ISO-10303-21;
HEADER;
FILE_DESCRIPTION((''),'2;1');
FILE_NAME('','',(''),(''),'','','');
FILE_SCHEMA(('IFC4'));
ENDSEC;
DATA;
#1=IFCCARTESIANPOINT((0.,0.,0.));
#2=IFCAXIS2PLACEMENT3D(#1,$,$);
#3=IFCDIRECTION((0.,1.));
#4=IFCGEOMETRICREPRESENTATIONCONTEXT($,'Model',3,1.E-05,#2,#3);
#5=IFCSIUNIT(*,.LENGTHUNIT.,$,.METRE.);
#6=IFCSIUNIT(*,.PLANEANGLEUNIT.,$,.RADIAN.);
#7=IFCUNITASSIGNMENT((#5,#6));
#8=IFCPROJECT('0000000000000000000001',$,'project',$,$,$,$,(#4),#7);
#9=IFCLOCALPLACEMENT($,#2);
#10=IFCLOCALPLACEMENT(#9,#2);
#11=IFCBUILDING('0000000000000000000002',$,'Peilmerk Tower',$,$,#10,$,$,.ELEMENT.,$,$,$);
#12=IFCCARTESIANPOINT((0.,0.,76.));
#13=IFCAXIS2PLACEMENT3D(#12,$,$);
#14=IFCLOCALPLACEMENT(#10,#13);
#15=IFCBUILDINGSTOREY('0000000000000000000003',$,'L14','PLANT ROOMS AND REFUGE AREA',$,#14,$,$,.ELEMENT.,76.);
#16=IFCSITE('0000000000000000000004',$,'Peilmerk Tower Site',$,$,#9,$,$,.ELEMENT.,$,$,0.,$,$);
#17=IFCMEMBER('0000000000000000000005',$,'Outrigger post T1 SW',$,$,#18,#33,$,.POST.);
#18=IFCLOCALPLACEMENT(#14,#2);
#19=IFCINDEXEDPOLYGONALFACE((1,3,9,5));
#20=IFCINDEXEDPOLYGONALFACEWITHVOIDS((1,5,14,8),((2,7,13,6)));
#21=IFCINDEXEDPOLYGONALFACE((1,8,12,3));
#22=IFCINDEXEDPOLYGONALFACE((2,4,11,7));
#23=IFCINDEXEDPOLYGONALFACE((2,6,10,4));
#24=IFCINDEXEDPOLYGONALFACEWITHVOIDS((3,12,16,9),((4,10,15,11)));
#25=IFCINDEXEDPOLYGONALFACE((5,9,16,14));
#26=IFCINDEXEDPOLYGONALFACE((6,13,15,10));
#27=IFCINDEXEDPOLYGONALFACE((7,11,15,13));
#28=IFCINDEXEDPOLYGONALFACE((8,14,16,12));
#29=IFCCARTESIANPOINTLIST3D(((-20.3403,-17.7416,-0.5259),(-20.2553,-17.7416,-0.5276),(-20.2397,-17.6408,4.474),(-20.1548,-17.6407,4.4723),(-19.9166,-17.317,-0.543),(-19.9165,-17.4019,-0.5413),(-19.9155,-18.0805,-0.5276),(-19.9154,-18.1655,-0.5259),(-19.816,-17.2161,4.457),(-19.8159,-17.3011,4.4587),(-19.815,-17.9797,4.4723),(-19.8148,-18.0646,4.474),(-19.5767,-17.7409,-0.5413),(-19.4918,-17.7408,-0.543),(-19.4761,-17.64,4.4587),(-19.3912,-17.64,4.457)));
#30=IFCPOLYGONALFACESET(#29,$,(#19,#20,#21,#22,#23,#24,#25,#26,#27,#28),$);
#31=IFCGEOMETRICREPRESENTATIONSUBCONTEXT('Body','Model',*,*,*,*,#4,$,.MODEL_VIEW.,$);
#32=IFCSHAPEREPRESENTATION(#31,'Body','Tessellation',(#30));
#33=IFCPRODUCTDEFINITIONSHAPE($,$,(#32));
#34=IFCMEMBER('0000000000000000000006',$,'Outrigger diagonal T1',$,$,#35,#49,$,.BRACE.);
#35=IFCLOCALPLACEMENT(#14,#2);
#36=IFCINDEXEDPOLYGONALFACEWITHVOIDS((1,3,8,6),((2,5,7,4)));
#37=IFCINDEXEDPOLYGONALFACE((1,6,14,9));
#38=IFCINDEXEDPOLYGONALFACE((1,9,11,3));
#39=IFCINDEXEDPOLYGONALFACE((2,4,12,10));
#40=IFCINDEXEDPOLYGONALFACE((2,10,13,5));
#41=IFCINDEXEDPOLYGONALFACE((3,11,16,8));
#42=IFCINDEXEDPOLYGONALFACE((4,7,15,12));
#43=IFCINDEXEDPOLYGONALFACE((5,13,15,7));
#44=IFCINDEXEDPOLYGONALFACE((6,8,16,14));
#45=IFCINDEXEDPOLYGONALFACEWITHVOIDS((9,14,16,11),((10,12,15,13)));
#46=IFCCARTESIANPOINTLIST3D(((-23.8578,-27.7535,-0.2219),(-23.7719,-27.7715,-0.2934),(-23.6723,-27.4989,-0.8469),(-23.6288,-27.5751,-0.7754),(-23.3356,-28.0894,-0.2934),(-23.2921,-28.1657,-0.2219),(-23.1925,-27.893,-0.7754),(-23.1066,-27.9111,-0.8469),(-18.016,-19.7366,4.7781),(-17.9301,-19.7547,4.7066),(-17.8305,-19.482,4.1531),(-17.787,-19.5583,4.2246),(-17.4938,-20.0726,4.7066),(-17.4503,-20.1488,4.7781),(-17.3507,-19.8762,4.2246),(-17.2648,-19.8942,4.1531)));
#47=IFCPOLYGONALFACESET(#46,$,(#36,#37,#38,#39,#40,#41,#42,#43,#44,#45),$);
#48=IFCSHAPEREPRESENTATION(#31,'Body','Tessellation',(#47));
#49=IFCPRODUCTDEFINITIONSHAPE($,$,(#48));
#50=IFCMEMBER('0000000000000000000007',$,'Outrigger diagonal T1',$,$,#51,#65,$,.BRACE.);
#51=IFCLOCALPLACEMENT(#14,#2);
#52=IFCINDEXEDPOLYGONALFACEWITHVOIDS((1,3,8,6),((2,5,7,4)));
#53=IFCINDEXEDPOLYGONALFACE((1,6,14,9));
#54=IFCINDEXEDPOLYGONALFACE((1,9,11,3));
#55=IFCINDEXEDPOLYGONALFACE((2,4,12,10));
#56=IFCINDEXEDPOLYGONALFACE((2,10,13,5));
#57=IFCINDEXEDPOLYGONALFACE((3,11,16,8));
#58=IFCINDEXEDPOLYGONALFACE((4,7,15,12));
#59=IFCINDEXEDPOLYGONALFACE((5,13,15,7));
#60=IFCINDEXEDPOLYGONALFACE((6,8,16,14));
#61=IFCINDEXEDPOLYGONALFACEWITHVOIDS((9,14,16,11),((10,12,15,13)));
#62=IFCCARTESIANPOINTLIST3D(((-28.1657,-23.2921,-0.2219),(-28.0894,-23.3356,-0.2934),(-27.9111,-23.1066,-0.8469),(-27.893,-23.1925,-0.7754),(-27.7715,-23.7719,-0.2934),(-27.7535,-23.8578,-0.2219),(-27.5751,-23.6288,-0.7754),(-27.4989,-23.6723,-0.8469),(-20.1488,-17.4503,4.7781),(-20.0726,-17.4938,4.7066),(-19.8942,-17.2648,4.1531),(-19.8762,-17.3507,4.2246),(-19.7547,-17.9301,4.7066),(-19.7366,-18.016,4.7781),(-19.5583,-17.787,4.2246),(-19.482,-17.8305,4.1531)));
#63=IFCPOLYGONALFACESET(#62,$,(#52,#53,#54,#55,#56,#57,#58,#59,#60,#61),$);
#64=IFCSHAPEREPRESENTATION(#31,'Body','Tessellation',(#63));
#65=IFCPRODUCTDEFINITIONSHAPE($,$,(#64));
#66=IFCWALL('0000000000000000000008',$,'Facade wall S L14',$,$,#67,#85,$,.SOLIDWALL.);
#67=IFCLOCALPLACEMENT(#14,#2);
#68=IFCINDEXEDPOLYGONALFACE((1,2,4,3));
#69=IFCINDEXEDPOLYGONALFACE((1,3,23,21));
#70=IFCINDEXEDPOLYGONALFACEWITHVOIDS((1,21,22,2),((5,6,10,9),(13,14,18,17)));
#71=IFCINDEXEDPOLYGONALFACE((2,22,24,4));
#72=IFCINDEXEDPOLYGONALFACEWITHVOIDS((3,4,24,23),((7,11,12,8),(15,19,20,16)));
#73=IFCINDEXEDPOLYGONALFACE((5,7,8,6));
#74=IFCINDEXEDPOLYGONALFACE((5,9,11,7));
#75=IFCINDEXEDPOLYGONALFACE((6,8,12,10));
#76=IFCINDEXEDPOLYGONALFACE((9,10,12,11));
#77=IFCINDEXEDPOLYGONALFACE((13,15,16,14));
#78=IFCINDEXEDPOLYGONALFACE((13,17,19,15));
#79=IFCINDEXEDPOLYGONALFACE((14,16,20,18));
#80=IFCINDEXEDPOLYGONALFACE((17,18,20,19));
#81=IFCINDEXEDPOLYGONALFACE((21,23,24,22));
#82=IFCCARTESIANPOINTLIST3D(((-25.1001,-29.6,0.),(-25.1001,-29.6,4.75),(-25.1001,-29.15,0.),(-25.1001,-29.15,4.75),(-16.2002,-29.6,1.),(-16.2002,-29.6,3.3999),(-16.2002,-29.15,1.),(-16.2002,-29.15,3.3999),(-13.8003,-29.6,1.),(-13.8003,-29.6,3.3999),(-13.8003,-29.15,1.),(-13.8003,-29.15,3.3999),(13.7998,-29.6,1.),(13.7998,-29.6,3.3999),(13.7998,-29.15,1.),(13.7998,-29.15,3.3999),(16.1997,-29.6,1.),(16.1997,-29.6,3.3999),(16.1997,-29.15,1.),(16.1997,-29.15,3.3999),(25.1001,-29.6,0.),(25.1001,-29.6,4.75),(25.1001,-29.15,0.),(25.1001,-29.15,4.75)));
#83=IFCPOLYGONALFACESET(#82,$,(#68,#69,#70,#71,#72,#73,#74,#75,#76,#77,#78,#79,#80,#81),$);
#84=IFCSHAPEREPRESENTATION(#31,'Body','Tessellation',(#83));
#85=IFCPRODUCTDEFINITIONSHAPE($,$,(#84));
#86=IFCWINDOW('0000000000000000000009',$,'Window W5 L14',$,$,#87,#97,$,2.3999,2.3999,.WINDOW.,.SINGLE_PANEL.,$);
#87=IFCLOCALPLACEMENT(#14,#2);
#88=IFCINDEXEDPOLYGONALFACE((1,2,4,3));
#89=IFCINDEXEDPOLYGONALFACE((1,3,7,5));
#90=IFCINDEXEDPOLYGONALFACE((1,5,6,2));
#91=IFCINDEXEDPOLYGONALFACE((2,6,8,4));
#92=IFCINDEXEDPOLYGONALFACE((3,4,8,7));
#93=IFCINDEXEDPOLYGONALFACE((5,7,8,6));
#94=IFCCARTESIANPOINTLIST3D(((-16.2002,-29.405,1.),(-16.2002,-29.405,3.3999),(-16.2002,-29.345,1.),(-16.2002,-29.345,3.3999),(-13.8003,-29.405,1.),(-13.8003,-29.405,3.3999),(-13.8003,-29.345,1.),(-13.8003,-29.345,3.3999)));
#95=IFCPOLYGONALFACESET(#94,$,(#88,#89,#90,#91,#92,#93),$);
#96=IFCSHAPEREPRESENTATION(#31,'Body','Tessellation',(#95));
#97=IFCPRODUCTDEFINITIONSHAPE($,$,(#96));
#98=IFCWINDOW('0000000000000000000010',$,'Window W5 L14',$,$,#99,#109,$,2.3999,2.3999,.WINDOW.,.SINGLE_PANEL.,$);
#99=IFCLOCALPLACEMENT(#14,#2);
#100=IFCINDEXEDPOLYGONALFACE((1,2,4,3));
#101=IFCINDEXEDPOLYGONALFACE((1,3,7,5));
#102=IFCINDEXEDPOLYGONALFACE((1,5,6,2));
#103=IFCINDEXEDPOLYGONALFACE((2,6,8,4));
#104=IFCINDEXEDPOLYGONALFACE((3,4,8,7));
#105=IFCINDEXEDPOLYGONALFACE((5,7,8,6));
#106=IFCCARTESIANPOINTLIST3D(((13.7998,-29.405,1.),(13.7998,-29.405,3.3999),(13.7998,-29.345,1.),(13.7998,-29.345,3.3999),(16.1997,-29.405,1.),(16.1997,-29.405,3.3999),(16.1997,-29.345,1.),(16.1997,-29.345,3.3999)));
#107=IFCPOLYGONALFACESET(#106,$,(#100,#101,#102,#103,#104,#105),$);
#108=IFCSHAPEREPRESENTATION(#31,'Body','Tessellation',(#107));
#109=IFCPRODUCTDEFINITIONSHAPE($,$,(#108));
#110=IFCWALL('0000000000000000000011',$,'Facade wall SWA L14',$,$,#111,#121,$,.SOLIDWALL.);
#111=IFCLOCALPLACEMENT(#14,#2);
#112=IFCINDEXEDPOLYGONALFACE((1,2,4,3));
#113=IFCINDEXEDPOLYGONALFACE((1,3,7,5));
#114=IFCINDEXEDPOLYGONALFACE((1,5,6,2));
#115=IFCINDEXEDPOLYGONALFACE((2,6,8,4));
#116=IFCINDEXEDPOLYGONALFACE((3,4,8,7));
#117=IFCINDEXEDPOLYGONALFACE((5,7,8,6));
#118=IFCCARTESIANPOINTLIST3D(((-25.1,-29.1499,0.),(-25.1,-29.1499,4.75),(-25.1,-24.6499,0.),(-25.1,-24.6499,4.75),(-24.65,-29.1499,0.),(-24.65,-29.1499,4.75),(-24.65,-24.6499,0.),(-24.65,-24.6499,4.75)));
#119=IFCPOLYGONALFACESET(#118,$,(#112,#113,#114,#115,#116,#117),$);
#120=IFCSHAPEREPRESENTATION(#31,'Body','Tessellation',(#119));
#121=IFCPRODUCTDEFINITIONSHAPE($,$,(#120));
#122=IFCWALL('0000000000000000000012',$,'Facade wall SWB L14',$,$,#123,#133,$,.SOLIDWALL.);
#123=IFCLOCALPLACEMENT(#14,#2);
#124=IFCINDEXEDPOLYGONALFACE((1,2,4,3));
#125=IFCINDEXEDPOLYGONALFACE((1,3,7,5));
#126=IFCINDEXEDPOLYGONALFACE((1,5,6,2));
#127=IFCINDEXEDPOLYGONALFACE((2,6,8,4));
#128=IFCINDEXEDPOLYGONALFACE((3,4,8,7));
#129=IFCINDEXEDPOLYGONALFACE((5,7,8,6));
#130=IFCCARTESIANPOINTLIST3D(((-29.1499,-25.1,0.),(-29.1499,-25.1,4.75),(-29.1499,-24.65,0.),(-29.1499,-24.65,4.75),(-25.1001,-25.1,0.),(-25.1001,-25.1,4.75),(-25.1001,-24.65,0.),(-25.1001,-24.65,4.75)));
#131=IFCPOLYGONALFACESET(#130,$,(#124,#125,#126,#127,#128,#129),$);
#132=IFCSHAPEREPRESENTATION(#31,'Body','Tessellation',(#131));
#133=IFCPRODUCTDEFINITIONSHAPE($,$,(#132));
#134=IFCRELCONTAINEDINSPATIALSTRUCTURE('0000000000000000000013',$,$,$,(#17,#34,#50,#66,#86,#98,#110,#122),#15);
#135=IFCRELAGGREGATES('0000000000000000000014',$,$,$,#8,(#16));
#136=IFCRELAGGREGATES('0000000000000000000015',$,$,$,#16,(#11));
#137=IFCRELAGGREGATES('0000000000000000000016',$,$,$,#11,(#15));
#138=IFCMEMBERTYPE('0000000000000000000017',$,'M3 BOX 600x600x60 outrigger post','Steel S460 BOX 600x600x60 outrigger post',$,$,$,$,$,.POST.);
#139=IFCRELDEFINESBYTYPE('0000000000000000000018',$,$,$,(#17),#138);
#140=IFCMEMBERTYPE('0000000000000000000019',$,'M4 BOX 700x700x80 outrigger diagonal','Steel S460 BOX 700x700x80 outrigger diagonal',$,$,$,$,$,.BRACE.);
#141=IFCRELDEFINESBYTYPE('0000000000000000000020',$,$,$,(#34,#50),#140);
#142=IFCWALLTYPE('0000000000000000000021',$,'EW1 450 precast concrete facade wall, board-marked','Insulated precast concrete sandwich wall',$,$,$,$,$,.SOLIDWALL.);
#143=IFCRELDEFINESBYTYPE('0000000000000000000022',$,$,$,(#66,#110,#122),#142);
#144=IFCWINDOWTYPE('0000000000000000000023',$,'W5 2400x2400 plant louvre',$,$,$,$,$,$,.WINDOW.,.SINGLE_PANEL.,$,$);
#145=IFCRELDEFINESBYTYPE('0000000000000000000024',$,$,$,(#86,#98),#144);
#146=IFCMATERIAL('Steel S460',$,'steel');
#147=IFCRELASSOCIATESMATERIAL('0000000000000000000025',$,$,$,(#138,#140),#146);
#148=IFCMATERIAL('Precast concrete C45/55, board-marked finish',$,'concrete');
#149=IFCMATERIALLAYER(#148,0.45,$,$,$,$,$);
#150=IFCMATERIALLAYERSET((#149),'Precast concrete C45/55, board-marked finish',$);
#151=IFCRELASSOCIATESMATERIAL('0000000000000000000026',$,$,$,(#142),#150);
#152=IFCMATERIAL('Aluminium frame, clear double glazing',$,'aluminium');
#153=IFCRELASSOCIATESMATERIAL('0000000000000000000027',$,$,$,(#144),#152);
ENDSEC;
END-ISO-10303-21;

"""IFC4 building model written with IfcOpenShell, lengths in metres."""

from ifc_helpers import new_model, si_unit, direction, frame, frame_2d, origin, origin_2d, place, context, subcontext, project, spatial, rectangle, hollow_rectangle, extrude, material, layer, layer_set, material_profile, profile_set, type_object, element, fill, save


model = new_model("IFC4")

# Units and contexts
model_context = context("Model", 3, precision=1e-05, world=origin(), true_north=direction((0.0, 1.0)))
body_context = subcontext(model_context, "Body", "Model", "MODEL_VIEW")
ifc_project = project(units=[si_unit("LENGTHUNIT", "METRE"), si_unit("PLANEANGLEUNIT", "RADIAN")], contexts=[model_context])

# Site, building, storey
site_placement = place(None, origin())
site = spatial("IfcSite", under=ifc_project, at=site_placement, Name="Peilmerk Tower Site", CompositionType="ELEMENT", RefElevation=0.0)
building_placement = place(site_placement, origin())
building = spatial("IfcBuilding", under=site, at=building_placement, Name="Peilmerk Tower", CompositionType="ELEMENT")
storey_placement = place(building_placement, frame((0.0, 0.0, 76.0)))
storey = spatial("IfcBuildingStorey", under=building, at=storey_placement, Name="L14", Description="PLANT ROOMS AND REFUGE AREA", CompositionType="ELEMENT", Elevation=76.0)

# Shared definitions
ifc_material_1 = material(Name="Steel S460", Category="steel")

# Members
ifc_material_profile_1 = material_profile(ifc_material_1, hollow_rectangle(XDim=0.6001, YDim=0.6001, WallThickness=0.0601, at=origin_2d()), Name="BOX 600x600x60")
ifc_profile_set_1 = profile_set([ifc_material_profile_1], Name="Steel S460")
member_type_1 = type_object("IfcMemberType", Name="M3 BOX 600x600x60 outrigger post", Description="Steel S460 BOX 600x600x60 outrigger post", PredefinedType="POST", material=ifc_profile_set_1)
member_1_placement = place(storey_placement, frame((-19.916, -17.7412, -0.5344), z_axis=(0.020109, 0.020158, 0.999595), x_axis=(-0.707963, 0.706249, 0.0)))
element("IfcMember", 1, at=member_1_placement, inside=storey, type_object=member_type_1, Name="Outrigger post T1 SW", PredefinedType="POST", context=body_context, shape_type="SweptSolid", body=[
    extrude(hollow_rectangle(XDim=0.6001, YDim=0.6001, WallThickness=0.0601, at=origin_2d()), origin(), (0.0, 0.0, 1.0), 5.002),
])
ifc_material_profile_2 = material_profile(ifc_material_1, hollow_rectangle(XDim=0.7, YDim=0.7, WallThickness=0.0801, at=origin_2d()), Name="BOX 700x700x80")
ifc_profile_set_2 = profile_set([ifc_material_profile_2], Name="Steel S460")
member_type_2 = type_object("IfcMemberType", Name="M4 BOX 700x700x80 outrigger diagonal", Description="Steel S460 BOX 700x700x80 outrigger diagonal", PredefinedType="BRACE", material=ifc_profile_set_2)
for number, where, z_axis, x_axis, name in (
    (2, (-23.4822, -27.8323, -0.5344), (0.52589, 0.721693, 0.45011), (-0.808191, 0.588921, 0.0), "Outrigger diagonal T1"),
    (3, (-27.8323, -23.4822, -0.5344), (0.721693, 0.52589, 0.45011), (-0.588921, 0.808191, 0.0), "Outrigger diagonal T1"),
):
    element("IfcMember", number, at=place(storey_placement, frame(where, z_axis=z_axis, x_axis=x_axis)), inside=storey, type_object=member_type_2, Name=name, PredefinedType="BRACE", context=body_context, shape_type="SweptSolid", body=[
        extrude(hollow_rectangle(XDim=0.7, YDim=0.7, WallThickness=0.0801, at=origin_2d()), origin(), (0.0, 0.0, 1.0), 11.1084),
    ])

# Wall, openings, windows
ifc_material_2 = material(Name="Precast concrete C45/55, board-marked finish", Category="concrete")
ifc_layer = layer(ifc_material_2, 0.45)
ifc_layer_set = layer_set([ifc_layer], Name="Precast concrete C45/55, board-marked finish")
wall_type = type_object("IfcWallType", Name="EW1 450 precast concrete facade wall, board-marked", Description="Insulated precast concrete sandwich wall", PredefinedType="SOLIDWALL", material=ifc_layer_set)
wall_1_placement = place(storey_placement, frame((-25.1001, -29.375, 0.0), z_axis=(0.0, 0.0, 1.0), x_axis=(1.0, 0.0, 0.0)))
wall_1 = element("IfcWall", 4, at=wall_1_placement, inside=storey, type_object=wall_type, Name="Facade wall S L14", PredefinedType="SOLIDWALL", context=body_context, shape_type="SweptSolid", body=[
    extrude(rectangle(XDim=50.2002, YDim=0.45, at=frame_2d((25.1001, 0.0))), origin(), (0.0, 0.0, 1.0), 4.75),
])
opening_1_placement = place(wall_1_placement, frame((8.8999, 0.0, 1.0)))
opening_1 = element("IfcOpeningElement", 5, at=opening_1_placement, cuts=wall_1, PredefinedType="OPENING", context=body_context, shape_type="SweptSolid", body=[
    extrude(rectangle(XDim=2.3999, YDim=2.3999, at=frame_2d((1.2, 1.2))), frame((0.0, 0.2349, 0.0), z_axis=(0.0, -1.0, 0.0), x_axis=(1.0, 0.0, 0.0)), (0.0, 0.0, 1.0), 0.47),
])
opening_2_placement = place(wall_1_placement, frame((38.8999, 0.0, 1.0)))
opening_2 = element("IfcOpeningElement", 6, at=opening_2_placement, cuts=wall_1, PredefinedType="OPENING", context=body_context, shape_type="SweptSolid", body=[
    extrude(rectangle(XDim=2.3999, YDim=2.3999, at=frame_2d((1.2, 1.2))), frame((0.0, 0.2349, 0.0), z_axis=(0.0, -1.0, 0.0), x_axis=(1.0, 0.0, 0.0)), (0.0, 0.0, 1.0), 0.47),
])
ifc_material_3 = material(Name="Aluminium frame, clear double glazing", Category="aluminium")
window_type = type_object("IfcWindowType", Name="W5 2400x2400 plant louvre", PartitioningType="SINGLE_PANEL", PredefinedType="WINDOW", material=ifc_material_3)
window_1_placement = place(opening_1_placement, origin())
window_1 = element("IfcWindow", 7, at=window_1_placement, inside=storey, type_object=window_type, Name="Window W5 L14", OverallHeight=2.3999, OverallWidth=2.3999, PartitioningType="SINGLE_PANEL", PredefinedType="WINDOW", context=body_context, shape_type="SweptSolid", body=[
    extrude(rectangle(XDim=2.3999, YDim=2.3999, at=frame_2d((1.2, 1.2))), frame((0.0, 0.03, 0.0), z_axis=(0.0, -1.0, 0.0), x_axis=(1.0, 0.0, 0.0)), (0.0, 0.0, 1.0), 0.0601),
])
fill(opening_1, window_1)
window_2_placement = place(opening_2_placement, origin())
window_2 = element("IfcWindow", 8, at=window_2_placement, inside=storey, type_object=window_type, Name="Window W5 L14", OverallHeight=2.3999, OverallWidth=2.3999, PartitioningType="SINGLE_PANEL", PredefinedType="WINDOW", context=body_context, shape_type="SweptSolid", body=[
    extrude(rectangle(XDim=2.3999, YDim=2.3999, at=frame_2d((1.2, 1.2))), frame((0.0, 0.03, 0.0), z_axis=(0.0, -1.0, 0.0), x_axis=(1.0, 0.0, 0.0)), (0.0, 0.0, 1.0), 0.0601),
])
fill(opening_2, window_2)

# Walls
wall_2_placement = place(storey_placement, frame((-24.875, -24.6499, 0.0), z_axis=(0.0, 0.0, 1.0), x_axis=(0.0, -1.0, 0.0)))
element("IfcWall", 9, at=wall_2_placement, inside=storey, type_object=wall_type, Name="Facade wall SWA L14", PredefinedType="SOLIDWALL", context=body_context, shape_type="SweptSolid", body=[
    extrude(rectangle(XDim=4.5, YDim=0.45, at=frame_2d((2.25, 0.0))), origin(), (0.0, 0.0, 1.0), 4.75),
])
wall_3_placement = place(storey_placement, frame((-25.1001, -24.875, 0.0), z_axis=(0.0, 0.0, 1.0), x_axis=(-1.0, 0.0, 0.0)))
element("IfcWall", 10, at=wall_3_placement, inside=storey, type_object=wall_type, Name="Facade wall SWB L14", PredefinedType="SOLIDWALL", context=body_context, shape_type="SweptSolid", body=[
    extrude(rectangle(XDim=4.0498, YDim=0.45, at=frame_2d((2.0249, 0.0))), origin(), (0.0, 0.0, 1.0), 4.75),
])

save(model, "model.ifc")
